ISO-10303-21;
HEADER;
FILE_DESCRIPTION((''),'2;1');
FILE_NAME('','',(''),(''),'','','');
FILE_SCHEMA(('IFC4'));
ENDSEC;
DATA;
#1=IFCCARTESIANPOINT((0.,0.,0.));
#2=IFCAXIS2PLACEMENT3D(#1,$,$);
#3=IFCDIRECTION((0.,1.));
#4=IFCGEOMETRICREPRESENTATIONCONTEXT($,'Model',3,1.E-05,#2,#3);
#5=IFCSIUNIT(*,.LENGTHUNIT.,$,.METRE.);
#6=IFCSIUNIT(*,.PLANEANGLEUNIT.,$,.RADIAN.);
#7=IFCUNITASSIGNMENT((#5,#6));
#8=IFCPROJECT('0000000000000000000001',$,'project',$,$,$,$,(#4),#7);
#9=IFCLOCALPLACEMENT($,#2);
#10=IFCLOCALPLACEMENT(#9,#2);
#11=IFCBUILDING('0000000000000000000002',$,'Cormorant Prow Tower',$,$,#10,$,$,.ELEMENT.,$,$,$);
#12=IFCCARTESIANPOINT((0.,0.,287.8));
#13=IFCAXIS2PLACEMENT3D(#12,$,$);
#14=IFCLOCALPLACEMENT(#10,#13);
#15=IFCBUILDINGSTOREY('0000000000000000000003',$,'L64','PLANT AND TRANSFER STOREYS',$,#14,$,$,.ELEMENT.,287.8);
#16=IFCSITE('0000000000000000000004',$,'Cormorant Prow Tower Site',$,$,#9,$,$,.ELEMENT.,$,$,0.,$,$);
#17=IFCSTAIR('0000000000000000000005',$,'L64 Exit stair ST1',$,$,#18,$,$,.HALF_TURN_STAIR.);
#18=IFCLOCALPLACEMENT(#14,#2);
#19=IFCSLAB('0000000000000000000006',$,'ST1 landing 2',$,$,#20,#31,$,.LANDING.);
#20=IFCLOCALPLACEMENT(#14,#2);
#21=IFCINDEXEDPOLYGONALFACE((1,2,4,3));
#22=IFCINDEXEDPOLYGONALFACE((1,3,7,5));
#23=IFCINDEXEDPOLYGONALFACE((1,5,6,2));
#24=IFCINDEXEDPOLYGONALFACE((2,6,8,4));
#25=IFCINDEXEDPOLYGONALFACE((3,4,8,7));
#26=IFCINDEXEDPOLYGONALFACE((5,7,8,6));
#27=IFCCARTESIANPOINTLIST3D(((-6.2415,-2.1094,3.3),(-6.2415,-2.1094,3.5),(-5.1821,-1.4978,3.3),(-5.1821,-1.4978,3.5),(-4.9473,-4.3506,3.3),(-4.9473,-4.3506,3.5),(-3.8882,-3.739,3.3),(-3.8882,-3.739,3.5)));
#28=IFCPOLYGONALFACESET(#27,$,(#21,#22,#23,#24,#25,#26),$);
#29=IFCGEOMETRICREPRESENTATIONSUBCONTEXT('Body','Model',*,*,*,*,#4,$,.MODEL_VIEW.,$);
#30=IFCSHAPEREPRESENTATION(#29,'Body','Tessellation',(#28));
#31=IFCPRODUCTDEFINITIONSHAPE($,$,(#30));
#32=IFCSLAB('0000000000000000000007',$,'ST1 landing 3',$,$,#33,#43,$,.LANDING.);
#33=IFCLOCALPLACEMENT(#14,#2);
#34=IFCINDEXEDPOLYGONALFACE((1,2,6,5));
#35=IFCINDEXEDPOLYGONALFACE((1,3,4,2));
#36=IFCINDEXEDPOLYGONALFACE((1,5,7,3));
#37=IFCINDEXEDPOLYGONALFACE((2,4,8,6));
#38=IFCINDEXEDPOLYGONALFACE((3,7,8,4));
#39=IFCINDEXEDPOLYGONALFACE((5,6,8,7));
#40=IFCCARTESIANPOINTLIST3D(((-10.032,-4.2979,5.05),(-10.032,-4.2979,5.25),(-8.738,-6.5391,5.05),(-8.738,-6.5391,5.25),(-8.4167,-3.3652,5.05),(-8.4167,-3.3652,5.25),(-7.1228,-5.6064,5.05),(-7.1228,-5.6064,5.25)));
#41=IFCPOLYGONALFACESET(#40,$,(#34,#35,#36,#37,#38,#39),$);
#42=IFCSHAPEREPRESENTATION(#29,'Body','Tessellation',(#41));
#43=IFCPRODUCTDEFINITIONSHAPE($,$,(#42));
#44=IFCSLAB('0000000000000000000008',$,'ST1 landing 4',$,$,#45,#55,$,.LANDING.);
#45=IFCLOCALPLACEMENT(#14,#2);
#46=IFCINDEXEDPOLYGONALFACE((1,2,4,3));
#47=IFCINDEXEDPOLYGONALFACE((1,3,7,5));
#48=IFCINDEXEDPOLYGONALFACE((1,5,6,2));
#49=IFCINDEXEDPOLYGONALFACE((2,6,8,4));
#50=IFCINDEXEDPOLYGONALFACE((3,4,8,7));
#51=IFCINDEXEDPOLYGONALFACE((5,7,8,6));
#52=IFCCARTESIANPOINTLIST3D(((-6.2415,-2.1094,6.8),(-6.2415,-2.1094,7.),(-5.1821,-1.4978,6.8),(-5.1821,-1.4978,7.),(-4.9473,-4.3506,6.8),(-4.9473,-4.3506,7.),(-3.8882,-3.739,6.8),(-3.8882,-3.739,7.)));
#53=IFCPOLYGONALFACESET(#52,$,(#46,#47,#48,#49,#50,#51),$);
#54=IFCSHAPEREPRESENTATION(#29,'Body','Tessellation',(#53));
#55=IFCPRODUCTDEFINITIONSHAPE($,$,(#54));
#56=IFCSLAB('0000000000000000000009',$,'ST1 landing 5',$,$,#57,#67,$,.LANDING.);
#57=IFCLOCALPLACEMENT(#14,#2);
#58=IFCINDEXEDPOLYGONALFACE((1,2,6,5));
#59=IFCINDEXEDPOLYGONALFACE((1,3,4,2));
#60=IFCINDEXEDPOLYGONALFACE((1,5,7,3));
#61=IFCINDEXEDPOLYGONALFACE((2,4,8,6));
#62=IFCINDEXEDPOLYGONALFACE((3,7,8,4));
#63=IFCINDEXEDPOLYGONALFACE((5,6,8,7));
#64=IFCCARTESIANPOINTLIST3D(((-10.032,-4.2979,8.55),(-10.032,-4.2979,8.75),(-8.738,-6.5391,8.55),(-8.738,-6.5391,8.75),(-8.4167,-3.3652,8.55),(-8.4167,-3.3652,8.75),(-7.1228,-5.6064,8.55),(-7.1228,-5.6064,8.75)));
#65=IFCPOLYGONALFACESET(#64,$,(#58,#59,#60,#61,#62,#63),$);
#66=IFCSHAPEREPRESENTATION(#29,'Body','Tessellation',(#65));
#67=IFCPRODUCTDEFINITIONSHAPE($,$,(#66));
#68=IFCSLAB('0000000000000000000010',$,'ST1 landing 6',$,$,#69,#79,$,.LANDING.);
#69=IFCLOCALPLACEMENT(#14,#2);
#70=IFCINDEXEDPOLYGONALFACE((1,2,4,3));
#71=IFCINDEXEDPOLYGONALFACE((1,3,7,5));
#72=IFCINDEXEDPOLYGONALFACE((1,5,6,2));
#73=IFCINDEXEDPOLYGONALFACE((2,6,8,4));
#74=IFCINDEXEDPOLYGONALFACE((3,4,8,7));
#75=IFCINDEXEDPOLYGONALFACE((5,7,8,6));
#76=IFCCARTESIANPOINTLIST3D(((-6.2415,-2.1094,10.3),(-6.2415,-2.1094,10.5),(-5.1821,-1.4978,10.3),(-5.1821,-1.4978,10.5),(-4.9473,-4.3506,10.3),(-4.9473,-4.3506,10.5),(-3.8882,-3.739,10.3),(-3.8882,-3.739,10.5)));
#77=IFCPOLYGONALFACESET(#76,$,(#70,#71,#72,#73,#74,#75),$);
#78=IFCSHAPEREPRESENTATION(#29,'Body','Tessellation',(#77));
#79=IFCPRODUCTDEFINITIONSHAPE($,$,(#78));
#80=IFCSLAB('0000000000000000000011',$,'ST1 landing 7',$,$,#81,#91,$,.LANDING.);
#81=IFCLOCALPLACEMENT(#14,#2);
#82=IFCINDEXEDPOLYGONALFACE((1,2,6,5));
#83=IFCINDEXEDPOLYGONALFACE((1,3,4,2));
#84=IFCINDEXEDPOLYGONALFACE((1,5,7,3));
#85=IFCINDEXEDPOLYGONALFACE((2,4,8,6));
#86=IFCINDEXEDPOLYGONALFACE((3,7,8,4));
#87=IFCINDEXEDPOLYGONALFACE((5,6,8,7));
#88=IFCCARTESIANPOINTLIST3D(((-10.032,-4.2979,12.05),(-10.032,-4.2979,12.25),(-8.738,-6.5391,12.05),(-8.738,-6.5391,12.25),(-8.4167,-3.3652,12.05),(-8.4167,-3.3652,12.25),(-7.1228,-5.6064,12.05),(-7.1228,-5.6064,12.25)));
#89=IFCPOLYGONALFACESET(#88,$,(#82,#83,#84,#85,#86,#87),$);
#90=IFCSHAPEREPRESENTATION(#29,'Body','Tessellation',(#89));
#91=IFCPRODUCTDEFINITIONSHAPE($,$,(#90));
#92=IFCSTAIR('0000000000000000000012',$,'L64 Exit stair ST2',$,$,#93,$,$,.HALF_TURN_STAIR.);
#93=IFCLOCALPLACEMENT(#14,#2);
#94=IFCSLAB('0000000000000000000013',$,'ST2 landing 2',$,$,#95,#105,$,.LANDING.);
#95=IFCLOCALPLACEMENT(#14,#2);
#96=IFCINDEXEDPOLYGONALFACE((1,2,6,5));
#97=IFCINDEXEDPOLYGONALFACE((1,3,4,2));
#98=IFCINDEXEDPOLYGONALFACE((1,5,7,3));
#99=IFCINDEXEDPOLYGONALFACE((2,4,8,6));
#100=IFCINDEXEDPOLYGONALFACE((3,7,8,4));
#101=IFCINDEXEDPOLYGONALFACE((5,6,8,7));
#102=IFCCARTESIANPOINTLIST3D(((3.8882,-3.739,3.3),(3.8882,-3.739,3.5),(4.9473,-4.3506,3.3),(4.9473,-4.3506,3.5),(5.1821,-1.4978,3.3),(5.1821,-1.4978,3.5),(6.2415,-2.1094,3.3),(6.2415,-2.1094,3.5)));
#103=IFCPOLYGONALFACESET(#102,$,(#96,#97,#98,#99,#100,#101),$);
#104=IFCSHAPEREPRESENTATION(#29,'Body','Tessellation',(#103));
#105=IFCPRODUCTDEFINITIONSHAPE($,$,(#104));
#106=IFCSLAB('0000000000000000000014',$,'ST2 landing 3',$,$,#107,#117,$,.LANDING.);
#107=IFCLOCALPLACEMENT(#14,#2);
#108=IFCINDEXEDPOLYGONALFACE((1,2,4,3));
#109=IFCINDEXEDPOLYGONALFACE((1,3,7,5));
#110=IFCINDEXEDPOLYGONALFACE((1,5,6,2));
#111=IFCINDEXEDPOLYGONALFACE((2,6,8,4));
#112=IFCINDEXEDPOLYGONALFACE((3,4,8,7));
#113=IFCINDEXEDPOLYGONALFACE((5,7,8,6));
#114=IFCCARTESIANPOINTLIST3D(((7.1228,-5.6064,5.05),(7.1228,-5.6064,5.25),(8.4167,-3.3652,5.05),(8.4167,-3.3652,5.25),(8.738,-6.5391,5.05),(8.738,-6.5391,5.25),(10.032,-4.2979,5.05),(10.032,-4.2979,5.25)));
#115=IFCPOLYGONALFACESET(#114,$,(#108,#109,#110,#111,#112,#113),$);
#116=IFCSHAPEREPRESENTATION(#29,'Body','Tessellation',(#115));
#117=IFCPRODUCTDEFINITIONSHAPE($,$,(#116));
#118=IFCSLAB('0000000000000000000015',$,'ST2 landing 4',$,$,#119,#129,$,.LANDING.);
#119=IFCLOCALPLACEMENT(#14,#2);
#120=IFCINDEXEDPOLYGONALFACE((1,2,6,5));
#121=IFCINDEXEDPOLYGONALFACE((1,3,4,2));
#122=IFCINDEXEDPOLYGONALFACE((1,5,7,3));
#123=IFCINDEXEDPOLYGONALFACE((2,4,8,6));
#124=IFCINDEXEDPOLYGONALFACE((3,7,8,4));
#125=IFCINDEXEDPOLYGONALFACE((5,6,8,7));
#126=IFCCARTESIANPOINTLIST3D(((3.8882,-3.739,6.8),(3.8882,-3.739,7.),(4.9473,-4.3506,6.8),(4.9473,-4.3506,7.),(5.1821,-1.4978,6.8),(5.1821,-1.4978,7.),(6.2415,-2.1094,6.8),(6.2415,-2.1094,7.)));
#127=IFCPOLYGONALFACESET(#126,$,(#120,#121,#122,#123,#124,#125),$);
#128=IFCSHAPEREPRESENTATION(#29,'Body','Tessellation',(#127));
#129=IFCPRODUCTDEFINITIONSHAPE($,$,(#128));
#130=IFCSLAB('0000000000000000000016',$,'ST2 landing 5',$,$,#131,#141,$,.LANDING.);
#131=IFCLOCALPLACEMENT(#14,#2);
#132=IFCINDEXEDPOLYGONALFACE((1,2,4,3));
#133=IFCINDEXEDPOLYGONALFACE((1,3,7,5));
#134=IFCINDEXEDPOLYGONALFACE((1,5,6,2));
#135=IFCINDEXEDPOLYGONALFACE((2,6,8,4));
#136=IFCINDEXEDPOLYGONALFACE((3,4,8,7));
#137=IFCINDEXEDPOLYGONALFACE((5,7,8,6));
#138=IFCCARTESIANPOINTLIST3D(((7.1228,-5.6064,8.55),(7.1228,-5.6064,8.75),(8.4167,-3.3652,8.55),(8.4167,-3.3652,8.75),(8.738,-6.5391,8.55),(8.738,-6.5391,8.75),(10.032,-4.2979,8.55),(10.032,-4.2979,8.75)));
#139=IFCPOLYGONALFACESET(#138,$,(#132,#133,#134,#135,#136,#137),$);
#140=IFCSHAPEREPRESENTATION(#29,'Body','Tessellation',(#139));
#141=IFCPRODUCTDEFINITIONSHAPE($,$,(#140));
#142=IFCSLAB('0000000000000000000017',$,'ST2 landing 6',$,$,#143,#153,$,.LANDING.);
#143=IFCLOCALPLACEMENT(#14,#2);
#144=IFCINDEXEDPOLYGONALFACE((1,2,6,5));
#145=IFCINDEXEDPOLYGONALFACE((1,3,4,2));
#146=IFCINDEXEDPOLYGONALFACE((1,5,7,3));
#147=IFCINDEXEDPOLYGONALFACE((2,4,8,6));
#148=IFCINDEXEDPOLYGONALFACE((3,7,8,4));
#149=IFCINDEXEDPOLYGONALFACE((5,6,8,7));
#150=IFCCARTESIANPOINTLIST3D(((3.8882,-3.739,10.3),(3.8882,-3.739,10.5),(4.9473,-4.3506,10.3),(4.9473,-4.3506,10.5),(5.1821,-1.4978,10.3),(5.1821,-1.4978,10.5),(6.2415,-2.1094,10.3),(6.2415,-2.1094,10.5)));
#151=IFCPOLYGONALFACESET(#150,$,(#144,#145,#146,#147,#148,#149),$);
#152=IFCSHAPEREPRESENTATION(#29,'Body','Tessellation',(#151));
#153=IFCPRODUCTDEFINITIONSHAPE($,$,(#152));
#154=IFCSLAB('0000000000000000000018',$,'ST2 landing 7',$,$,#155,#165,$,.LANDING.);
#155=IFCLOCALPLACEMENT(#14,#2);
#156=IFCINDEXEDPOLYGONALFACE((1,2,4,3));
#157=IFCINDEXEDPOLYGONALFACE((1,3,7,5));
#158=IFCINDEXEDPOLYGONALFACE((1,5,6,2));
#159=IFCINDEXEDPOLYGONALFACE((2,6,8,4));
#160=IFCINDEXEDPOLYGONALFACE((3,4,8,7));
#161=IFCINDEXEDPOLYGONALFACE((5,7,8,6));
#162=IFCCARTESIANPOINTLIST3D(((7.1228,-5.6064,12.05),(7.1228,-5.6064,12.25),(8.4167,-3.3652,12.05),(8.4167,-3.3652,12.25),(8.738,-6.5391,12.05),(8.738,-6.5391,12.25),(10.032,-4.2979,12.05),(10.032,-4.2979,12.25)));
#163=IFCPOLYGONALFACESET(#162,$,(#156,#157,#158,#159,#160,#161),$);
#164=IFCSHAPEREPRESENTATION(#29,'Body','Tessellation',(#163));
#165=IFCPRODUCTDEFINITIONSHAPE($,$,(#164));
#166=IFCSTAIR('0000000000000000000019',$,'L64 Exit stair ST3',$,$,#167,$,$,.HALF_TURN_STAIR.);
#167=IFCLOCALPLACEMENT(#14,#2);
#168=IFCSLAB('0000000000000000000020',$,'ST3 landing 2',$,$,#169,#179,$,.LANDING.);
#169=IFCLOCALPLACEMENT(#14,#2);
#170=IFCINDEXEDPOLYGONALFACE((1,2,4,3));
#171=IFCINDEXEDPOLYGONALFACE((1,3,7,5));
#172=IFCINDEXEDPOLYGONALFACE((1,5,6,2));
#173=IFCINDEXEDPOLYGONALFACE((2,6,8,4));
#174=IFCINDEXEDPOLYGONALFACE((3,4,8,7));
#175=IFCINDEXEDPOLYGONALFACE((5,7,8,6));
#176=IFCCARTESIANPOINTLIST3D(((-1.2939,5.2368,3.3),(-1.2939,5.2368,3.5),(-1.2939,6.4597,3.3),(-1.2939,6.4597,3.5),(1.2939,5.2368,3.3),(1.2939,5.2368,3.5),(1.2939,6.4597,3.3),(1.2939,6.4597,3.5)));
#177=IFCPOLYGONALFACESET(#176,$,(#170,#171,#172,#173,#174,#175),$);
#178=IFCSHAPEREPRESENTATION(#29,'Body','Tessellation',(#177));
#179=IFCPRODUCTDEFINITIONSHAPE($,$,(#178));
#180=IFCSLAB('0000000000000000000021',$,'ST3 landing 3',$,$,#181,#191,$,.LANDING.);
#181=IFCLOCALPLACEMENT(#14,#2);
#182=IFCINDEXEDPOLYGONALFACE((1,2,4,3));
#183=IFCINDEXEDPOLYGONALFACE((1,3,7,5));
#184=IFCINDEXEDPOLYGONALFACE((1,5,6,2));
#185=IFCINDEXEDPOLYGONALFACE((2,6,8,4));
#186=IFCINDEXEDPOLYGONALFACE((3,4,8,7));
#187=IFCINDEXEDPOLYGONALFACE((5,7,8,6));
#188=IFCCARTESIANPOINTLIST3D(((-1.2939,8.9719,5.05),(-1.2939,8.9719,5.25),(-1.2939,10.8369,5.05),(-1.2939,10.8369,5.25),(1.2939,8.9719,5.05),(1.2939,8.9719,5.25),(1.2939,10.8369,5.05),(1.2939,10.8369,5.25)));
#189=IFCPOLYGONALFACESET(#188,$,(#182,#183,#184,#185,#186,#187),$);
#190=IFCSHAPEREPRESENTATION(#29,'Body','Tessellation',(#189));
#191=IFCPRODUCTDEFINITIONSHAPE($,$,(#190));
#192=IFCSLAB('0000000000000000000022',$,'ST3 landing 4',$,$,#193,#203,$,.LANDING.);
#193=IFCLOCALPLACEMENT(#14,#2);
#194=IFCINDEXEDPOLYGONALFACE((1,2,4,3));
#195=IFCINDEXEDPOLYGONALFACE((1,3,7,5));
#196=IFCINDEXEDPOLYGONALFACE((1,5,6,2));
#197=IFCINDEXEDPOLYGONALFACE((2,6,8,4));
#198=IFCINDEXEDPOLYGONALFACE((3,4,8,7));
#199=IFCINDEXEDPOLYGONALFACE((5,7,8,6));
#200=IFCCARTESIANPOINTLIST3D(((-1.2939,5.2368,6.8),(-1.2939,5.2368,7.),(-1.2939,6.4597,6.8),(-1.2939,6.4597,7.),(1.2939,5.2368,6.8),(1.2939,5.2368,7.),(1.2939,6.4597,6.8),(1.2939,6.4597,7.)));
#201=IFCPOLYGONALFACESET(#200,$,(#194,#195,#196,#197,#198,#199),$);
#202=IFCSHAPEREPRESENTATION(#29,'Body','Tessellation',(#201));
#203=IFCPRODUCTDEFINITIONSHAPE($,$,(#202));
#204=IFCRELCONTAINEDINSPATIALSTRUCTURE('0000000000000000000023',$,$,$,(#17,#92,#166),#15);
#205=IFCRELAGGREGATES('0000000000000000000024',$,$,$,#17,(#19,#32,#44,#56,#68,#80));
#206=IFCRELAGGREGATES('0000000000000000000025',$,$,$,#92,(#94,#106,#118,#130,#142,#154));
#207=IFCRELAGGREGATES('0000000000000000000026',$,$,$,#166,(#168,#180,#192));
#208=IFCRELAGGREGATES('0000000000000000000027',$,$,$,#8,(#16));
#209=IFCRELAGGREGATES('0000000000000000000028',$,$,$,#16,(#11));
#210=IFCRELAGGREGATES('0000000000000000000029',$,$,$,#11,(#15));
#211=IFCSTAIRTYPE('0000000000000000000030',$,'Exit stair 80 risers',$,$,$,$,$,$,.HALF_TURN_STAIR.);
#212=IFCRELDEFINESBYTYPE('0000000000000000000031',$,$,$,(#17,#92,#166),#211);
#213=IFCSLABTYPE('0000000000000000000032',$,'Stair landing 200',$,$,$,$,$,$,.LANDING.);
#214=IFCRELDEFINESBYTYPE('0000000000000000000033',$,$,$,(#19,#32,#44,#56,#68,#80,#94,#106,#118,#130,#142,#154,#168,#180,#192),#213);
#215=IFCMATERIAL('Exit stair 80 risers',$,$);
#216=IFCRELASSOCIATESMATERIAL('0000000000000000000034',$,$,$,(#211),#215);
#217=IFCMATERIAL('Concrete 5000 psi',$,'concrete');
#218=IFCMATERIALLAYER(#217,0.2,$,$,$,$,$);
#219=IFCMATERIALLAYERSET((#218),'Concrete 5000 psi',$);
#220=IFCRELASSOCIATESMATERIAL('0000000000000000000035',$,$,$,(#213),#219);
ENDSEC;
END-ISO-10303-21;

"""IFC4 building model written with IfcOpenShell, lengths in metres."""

from ifc_helpers import new_model, si_unit, direction, frame, origin, place, context, subcontext, project, spatial, polyline, outline, extrude, material, layer, layer_set, type_object, element, aggregate, save


model = new_model("IFC4")

# Units and contexts
model_context = context("Model", 3, precision=1e-05, world=origin(), true_north=direction((0.0, 1.0)))
body_context = subcontext(model_context, "Body", "Model", "MODEL_VIEW")
ifc_project = project(units=[si_unit("LENGTHUNIT", "METRE"), si_unit("PLANEANGLEUNIT", "RADIAN")], contexts=[model_context])

# Site, building, storey
site_placement = place(None, origin())
site = spatial("IfcSite", under=ifc_project, at=site_placement, Name="Cormorant Prow Tower Site", CompositionType="ELEMENT", RefElevation=0.0)
building_placement = place(site_placement, origin())
building = spatial("IfcBuilding", under=site, at=building_placement, Name="Cormorant Prow Tower", CompositionType="ELEMENT")
storey_placement = place(building_placement, frame((0.0, 0.0, 287.8)))
storey = spatial("IfcBuildingStorey", under=building, at=storey_placement, Name="L64", Description="PLANT AND TRANSFER STOREYS", CompositionType="ELEMENT", Elevation=287.8)

# Stairs, slabs
ifc_material_1 = material(Name="Exit stair 80 risers")
stair_type = type_object("IfcStairType", Name="Exit stair 80 risers", PredefinedType="HALF_TURN_STAIR", material=ifc_material_1)
stair_1_placement = place(storey_placement, origin())
stair_1 = element("IfcStair", 1, at=stair_1_placement, inside=storey, type_object=stair_type, Name="L64 Exit stair ST1", PredefinedType="HALF_TURN_STAIR")
ifc_material_2 = material(Name="Concrete 5000 psi", Category="concrete")
ifc_layer = layer(ifc_material_2, 0.2)
ifc_layer_set = layer_set([ifc_layer], Name="Concrete 5000 psi")
slab_type = type_object("IfcSlabType", Name="Stair landing 200", PredefinedType="LANDING", material=ifc_layer_set)
slab_1_placement = place(storey_placement, frame((0.0, 0.0, 3.3)))
slab_1 = element("IfcSlab", 2, at=slab_1_placement, type_object=slab_type, Name="ST1 landing 2", PredefinedType="LANDING", context=body_context, shape_type="SweptSolid", body=[
    extrude(outline(polyline([(-5.1821, -1.4978), (-6.2415, -2.1094), (-4.9473, -4.3506), (-3.8882, -3.739), (-5.1821, -1.4978)])), origin(), (0.0, 0.0, 1.0), 0.2),
])
slab_2_placement = place(storey_placement, frame((0.0, 0.0, 5.05)))
slab_2 = element("IfcSlab", 3, at=slab_2_placement, type_object=slab_type, Name="ST1 landing 3", PredefinedType="LANDING", context=body_context, shape_type="SweptSolid", body=[
    extrude(outline(polyline([(-8.4167, -3.3652), (-10.032, -4.2979), (-8.738, -6.5391), (-7.1228, -5.6064), (-8.4167, -3.3652)])), origin(), (0.0, 0.0, 1.0), 0.2),
])
slab_3_placement = place(storey_placement, frame((0.0, 0.0, 6.8)))
slab_3 = element("IfcSlab", 4, at=slab_3_placement, type_object=slab_type, Name="ST1 landing 4", PredefinedType="LANDING", context=body_context, shape_type="SweptSolid", body=[
    extrude(outline(polyline([(-5.1821, -1.4978), (-6.2415, -2.1094), (-4.9473, -4.3506), (-3.8882, -3.739), (-5.1821, -1.4978)])), origin(), (0.0, 0.0, 1.0), 0.2),
])
slab_4_placement = place(storey_placement, frame((0.0, 0.0, 8.55)))
slab_4 = element("IfcSlab", 5, at=slab_4_placement, type_object=slab_type, Name="ST1 landing 5", PredefinedType="LANDING", context=body_context, shape_type="SweptSolid", body=[
    extrude(outline(polyline([(-8.4167, -3.3652), (-10.032, -4.2979), (-8.738, -6.5391), (-7.1228, -5.6064), (-8.4167, -3.3652)])), origin(), (0.0, 0.0, 1.0), 0.2),
])
slab_5_placement = place(storey_placement, frame((0.0, 0.0, 10.3)))
slab_5 = element("IfcSlab", 6, at=slab_5_placement, type_object=slab_type, Name="ST1 landing 6", PredefinedType="LANDING", context=body_context, shape_type="SweptSolid", body=[
    extrude(outline(polyline([(-5.1821, -1.4978), (-6.2415, -2.1094), (-4.9473, -4.3506), (-3.8882, -3.739), (-5.1821, -1.4978)])), origin(), (0.0, 0.0, 1.0), 0.2),
])
slab_6_placement = place(storey_placement, frame((0.0, 0.0, 12.05)))
slab_6 = element("IfcSlab", 7, at=slab_6_placement, type_object=slab_type, Name="ST1 landing 7", PredefinedType="LANDING", context=body_context, shape_type="SweptSolid", body=[
    extrude(outline(polyline([(-8.4167, -3.3652), (-10.032, -4.2979), (-8.738, -6.5391), (-7.1228, -5.6064), (-8.4167, -3.3652)])), origin(), (0.0, 0.0, 1.0), 0.2),
])
aggregate(stair_1, [slab_1, slab_2, slab_3, slab_4, slab_5, slab_6])
stair_2_placement = place(storey_placement, origin())
stair_2 = element("IfcStair", 8, at=stair_2_placement, inside=storey, type_object=stair_type, Name="L64 Exit stair ST2", PredefinedType="HALF_TURN_STAIR")
slab_7_placement = place(storey_placement, frame((0.0, 0.0, 3.3)))
slab_7 = element("IfcSlab", 9, at=slab_7_placement, type_object=slab_type, Name="ST2 landing 2", PredefinedType="LANDING", context=body_context, shape_type="SweptSolid", body=[
    extrude(outline(polyline([(3.8882, -3.739), (4.9473, -4.3506), (6.2415, -2.1094), (5.1821, -1.4978), (3.8882, -3.739)])), origin(), (0.0, 0.0, 1.0), 0.2),
])
slab_8_placement = place(storey_placement, frame((0.0, 0.0, 5.05)))
slab_8 = element("IfcSlab", 10, at=slab_8_placement, type_object=slab_type, Name="ST2 landing 3", PredefinedType="LANDING", context=body_context, shape_type="SweptSolid", body=[
    extrude(outline(polyline([(7.1228, -5.6064), (8.738, -6.5391), (10.032, -4.2979), (8.4167, -3.3652), (7.1228, -5.6064)])), origin(), (0.0, 0.0, 1.0), 0.2),
])
slab_9_placement = place(storey_placement, frame((0.0, 0.0, 6.8)))
slab_9 = element("IfcSlab", 11, at=slab_9_placement, type_object=slab_type, Name="ST2 landing 4", PredefinedType="LANDING", context=body_context, shape_type="SweptSolid", body=[
    extrude(outline(polyline([(3.8882, -3.739), (4.9473, -4.3506), (6.2415, -2.1094), (5.1821, -1.4978), (3.8882, -3.739)])), origin(), (0.0, 0.0, 1.0), 0.2),
])
slab_10_placement = place(storey_placement, frame((0.0, 0.0, 8.55)))
slab_10 = element("IfcSlab", 12, at=slab_10_placement, type_object=slab_type, Name="ST2 landing 5", PredefinedType="LANDING", context=body_context, shape_type="SweptSolid", body=[
    extrude(outline(polyline([(7.1228, -5.6064), (8.738, -6.5391), (10.032, -4.2979), (8.4167, -3.3652), (7.1228, -5.6064)])), origin(), (0.0, 0.0, 1.0), 0.2),
])
slab_11_placement = place(storey_placement, frame((0.0, 0.0, 10.3)))
slab_11 = element("IfcSlab", 13, at=slab_11_placement, type_object=slab_type, Name="ST2 landing 6", PredefinedType="LANDING", context=body_context, shape_type="SweptSolid", body=[
    extrude(outline(polyline([(3.8882, -3.739), (4.9473, -4.3506), (6.2415, -2.1094), (5.1821, -1.4978), (3.8882, -3.739)])), origin(), (0.0, 0.0, 1.0), 0.2),
])
slab_12_placement = place(storey_placement, frame((0.0, 0.0, 12.05)))
slab_12 = element("IfcSlab", 14, at=slab_12_placement, type_object=slab_type, Name="ST2 landing 7", PredefinedType="LANDING", context=body_context, shape_type="SweptSolid", body=[
    extrude(outline(polyline([(7.1228, -5.6064), (8.738, -6.5391), (10.032, -4.2979), (8.4167, -3.3652), (7.1228, -5.6064)])), origin(), (0.0, 0.0, 1.0), 0.2),
])
aggregate(stair_2, [slab_7, slab_8, slab_9, slab_10, slab_11, slab_12])

# Stair, slabs
stair_3_placement = place(storey_placement, origin())
stair_3 = element("IfcStair", 15, at=stair_3_placement, inside=storey, type_object=stair_type, Name="L64 Exit stair ST3", PredefinedType="HALF_TURN_STAIR")
slab_13_placement = place(storey_placement, frame((0.0, 0.0, 3.3)))
slab_13 = element("IfcSlab", 16, at=slab_13_placement, type_object=slab_type, Name="ST3 landing 2", PredefinedType="LANDING", context=body_context, shape_type="SweptSolid", body=[
    extrude(outline(polyline([(1.2939, 5.2368), (1.2939, 6.4597), (-1.2939, 6.4597), (-1.2939, 5.2368), (1.2939, 5.2368)])), origin(), (0.0, 0.0, 1.0), 0.2),
])
slab_14_placement = place(storey_placement, frame((0.0, 0.0, 5.05)))
slab_14 = element("IfcSlab", 17, at=slab_14_placement, type_object=slab_type, Name="ST3 landing 3", PredefinedType="LANDING", context=body_context, shape_type="SweptSolid", body=[
    extrude(outline(polyline([(1.2939, 8.9719), (1.2939, 10.8369), (-1.2939, 10.8369), (-1.2939, 8.9719), (1.2939, 8.9719)])), origin(), (0.0, 0.0, 1.0), 0.2),
])
slab_15_placement = place(storey_placement, frame((0.0, 0.0, 6.8)))
slab_15 = element("IfcSlab", 18, at=slab_15_placement, type_object=slab_type, Name="ST3 landing 4", PredefinedType="LANDING", context=body_context, shape_type="SweptSolid", body=[
    extrude(outline(polyline([(1.2939, 5.2368), (1.2939, 6.4597), (-1.2939, 6.4597), (-1.2939, 5.2368), (1.2939, 5.2368)])), origin(), (0.0, 0.0, 1.0), 0.2),
])
aggregate(stair_3, [slab_13, slab_14, slab_15])

save(model, "model.ifc")
